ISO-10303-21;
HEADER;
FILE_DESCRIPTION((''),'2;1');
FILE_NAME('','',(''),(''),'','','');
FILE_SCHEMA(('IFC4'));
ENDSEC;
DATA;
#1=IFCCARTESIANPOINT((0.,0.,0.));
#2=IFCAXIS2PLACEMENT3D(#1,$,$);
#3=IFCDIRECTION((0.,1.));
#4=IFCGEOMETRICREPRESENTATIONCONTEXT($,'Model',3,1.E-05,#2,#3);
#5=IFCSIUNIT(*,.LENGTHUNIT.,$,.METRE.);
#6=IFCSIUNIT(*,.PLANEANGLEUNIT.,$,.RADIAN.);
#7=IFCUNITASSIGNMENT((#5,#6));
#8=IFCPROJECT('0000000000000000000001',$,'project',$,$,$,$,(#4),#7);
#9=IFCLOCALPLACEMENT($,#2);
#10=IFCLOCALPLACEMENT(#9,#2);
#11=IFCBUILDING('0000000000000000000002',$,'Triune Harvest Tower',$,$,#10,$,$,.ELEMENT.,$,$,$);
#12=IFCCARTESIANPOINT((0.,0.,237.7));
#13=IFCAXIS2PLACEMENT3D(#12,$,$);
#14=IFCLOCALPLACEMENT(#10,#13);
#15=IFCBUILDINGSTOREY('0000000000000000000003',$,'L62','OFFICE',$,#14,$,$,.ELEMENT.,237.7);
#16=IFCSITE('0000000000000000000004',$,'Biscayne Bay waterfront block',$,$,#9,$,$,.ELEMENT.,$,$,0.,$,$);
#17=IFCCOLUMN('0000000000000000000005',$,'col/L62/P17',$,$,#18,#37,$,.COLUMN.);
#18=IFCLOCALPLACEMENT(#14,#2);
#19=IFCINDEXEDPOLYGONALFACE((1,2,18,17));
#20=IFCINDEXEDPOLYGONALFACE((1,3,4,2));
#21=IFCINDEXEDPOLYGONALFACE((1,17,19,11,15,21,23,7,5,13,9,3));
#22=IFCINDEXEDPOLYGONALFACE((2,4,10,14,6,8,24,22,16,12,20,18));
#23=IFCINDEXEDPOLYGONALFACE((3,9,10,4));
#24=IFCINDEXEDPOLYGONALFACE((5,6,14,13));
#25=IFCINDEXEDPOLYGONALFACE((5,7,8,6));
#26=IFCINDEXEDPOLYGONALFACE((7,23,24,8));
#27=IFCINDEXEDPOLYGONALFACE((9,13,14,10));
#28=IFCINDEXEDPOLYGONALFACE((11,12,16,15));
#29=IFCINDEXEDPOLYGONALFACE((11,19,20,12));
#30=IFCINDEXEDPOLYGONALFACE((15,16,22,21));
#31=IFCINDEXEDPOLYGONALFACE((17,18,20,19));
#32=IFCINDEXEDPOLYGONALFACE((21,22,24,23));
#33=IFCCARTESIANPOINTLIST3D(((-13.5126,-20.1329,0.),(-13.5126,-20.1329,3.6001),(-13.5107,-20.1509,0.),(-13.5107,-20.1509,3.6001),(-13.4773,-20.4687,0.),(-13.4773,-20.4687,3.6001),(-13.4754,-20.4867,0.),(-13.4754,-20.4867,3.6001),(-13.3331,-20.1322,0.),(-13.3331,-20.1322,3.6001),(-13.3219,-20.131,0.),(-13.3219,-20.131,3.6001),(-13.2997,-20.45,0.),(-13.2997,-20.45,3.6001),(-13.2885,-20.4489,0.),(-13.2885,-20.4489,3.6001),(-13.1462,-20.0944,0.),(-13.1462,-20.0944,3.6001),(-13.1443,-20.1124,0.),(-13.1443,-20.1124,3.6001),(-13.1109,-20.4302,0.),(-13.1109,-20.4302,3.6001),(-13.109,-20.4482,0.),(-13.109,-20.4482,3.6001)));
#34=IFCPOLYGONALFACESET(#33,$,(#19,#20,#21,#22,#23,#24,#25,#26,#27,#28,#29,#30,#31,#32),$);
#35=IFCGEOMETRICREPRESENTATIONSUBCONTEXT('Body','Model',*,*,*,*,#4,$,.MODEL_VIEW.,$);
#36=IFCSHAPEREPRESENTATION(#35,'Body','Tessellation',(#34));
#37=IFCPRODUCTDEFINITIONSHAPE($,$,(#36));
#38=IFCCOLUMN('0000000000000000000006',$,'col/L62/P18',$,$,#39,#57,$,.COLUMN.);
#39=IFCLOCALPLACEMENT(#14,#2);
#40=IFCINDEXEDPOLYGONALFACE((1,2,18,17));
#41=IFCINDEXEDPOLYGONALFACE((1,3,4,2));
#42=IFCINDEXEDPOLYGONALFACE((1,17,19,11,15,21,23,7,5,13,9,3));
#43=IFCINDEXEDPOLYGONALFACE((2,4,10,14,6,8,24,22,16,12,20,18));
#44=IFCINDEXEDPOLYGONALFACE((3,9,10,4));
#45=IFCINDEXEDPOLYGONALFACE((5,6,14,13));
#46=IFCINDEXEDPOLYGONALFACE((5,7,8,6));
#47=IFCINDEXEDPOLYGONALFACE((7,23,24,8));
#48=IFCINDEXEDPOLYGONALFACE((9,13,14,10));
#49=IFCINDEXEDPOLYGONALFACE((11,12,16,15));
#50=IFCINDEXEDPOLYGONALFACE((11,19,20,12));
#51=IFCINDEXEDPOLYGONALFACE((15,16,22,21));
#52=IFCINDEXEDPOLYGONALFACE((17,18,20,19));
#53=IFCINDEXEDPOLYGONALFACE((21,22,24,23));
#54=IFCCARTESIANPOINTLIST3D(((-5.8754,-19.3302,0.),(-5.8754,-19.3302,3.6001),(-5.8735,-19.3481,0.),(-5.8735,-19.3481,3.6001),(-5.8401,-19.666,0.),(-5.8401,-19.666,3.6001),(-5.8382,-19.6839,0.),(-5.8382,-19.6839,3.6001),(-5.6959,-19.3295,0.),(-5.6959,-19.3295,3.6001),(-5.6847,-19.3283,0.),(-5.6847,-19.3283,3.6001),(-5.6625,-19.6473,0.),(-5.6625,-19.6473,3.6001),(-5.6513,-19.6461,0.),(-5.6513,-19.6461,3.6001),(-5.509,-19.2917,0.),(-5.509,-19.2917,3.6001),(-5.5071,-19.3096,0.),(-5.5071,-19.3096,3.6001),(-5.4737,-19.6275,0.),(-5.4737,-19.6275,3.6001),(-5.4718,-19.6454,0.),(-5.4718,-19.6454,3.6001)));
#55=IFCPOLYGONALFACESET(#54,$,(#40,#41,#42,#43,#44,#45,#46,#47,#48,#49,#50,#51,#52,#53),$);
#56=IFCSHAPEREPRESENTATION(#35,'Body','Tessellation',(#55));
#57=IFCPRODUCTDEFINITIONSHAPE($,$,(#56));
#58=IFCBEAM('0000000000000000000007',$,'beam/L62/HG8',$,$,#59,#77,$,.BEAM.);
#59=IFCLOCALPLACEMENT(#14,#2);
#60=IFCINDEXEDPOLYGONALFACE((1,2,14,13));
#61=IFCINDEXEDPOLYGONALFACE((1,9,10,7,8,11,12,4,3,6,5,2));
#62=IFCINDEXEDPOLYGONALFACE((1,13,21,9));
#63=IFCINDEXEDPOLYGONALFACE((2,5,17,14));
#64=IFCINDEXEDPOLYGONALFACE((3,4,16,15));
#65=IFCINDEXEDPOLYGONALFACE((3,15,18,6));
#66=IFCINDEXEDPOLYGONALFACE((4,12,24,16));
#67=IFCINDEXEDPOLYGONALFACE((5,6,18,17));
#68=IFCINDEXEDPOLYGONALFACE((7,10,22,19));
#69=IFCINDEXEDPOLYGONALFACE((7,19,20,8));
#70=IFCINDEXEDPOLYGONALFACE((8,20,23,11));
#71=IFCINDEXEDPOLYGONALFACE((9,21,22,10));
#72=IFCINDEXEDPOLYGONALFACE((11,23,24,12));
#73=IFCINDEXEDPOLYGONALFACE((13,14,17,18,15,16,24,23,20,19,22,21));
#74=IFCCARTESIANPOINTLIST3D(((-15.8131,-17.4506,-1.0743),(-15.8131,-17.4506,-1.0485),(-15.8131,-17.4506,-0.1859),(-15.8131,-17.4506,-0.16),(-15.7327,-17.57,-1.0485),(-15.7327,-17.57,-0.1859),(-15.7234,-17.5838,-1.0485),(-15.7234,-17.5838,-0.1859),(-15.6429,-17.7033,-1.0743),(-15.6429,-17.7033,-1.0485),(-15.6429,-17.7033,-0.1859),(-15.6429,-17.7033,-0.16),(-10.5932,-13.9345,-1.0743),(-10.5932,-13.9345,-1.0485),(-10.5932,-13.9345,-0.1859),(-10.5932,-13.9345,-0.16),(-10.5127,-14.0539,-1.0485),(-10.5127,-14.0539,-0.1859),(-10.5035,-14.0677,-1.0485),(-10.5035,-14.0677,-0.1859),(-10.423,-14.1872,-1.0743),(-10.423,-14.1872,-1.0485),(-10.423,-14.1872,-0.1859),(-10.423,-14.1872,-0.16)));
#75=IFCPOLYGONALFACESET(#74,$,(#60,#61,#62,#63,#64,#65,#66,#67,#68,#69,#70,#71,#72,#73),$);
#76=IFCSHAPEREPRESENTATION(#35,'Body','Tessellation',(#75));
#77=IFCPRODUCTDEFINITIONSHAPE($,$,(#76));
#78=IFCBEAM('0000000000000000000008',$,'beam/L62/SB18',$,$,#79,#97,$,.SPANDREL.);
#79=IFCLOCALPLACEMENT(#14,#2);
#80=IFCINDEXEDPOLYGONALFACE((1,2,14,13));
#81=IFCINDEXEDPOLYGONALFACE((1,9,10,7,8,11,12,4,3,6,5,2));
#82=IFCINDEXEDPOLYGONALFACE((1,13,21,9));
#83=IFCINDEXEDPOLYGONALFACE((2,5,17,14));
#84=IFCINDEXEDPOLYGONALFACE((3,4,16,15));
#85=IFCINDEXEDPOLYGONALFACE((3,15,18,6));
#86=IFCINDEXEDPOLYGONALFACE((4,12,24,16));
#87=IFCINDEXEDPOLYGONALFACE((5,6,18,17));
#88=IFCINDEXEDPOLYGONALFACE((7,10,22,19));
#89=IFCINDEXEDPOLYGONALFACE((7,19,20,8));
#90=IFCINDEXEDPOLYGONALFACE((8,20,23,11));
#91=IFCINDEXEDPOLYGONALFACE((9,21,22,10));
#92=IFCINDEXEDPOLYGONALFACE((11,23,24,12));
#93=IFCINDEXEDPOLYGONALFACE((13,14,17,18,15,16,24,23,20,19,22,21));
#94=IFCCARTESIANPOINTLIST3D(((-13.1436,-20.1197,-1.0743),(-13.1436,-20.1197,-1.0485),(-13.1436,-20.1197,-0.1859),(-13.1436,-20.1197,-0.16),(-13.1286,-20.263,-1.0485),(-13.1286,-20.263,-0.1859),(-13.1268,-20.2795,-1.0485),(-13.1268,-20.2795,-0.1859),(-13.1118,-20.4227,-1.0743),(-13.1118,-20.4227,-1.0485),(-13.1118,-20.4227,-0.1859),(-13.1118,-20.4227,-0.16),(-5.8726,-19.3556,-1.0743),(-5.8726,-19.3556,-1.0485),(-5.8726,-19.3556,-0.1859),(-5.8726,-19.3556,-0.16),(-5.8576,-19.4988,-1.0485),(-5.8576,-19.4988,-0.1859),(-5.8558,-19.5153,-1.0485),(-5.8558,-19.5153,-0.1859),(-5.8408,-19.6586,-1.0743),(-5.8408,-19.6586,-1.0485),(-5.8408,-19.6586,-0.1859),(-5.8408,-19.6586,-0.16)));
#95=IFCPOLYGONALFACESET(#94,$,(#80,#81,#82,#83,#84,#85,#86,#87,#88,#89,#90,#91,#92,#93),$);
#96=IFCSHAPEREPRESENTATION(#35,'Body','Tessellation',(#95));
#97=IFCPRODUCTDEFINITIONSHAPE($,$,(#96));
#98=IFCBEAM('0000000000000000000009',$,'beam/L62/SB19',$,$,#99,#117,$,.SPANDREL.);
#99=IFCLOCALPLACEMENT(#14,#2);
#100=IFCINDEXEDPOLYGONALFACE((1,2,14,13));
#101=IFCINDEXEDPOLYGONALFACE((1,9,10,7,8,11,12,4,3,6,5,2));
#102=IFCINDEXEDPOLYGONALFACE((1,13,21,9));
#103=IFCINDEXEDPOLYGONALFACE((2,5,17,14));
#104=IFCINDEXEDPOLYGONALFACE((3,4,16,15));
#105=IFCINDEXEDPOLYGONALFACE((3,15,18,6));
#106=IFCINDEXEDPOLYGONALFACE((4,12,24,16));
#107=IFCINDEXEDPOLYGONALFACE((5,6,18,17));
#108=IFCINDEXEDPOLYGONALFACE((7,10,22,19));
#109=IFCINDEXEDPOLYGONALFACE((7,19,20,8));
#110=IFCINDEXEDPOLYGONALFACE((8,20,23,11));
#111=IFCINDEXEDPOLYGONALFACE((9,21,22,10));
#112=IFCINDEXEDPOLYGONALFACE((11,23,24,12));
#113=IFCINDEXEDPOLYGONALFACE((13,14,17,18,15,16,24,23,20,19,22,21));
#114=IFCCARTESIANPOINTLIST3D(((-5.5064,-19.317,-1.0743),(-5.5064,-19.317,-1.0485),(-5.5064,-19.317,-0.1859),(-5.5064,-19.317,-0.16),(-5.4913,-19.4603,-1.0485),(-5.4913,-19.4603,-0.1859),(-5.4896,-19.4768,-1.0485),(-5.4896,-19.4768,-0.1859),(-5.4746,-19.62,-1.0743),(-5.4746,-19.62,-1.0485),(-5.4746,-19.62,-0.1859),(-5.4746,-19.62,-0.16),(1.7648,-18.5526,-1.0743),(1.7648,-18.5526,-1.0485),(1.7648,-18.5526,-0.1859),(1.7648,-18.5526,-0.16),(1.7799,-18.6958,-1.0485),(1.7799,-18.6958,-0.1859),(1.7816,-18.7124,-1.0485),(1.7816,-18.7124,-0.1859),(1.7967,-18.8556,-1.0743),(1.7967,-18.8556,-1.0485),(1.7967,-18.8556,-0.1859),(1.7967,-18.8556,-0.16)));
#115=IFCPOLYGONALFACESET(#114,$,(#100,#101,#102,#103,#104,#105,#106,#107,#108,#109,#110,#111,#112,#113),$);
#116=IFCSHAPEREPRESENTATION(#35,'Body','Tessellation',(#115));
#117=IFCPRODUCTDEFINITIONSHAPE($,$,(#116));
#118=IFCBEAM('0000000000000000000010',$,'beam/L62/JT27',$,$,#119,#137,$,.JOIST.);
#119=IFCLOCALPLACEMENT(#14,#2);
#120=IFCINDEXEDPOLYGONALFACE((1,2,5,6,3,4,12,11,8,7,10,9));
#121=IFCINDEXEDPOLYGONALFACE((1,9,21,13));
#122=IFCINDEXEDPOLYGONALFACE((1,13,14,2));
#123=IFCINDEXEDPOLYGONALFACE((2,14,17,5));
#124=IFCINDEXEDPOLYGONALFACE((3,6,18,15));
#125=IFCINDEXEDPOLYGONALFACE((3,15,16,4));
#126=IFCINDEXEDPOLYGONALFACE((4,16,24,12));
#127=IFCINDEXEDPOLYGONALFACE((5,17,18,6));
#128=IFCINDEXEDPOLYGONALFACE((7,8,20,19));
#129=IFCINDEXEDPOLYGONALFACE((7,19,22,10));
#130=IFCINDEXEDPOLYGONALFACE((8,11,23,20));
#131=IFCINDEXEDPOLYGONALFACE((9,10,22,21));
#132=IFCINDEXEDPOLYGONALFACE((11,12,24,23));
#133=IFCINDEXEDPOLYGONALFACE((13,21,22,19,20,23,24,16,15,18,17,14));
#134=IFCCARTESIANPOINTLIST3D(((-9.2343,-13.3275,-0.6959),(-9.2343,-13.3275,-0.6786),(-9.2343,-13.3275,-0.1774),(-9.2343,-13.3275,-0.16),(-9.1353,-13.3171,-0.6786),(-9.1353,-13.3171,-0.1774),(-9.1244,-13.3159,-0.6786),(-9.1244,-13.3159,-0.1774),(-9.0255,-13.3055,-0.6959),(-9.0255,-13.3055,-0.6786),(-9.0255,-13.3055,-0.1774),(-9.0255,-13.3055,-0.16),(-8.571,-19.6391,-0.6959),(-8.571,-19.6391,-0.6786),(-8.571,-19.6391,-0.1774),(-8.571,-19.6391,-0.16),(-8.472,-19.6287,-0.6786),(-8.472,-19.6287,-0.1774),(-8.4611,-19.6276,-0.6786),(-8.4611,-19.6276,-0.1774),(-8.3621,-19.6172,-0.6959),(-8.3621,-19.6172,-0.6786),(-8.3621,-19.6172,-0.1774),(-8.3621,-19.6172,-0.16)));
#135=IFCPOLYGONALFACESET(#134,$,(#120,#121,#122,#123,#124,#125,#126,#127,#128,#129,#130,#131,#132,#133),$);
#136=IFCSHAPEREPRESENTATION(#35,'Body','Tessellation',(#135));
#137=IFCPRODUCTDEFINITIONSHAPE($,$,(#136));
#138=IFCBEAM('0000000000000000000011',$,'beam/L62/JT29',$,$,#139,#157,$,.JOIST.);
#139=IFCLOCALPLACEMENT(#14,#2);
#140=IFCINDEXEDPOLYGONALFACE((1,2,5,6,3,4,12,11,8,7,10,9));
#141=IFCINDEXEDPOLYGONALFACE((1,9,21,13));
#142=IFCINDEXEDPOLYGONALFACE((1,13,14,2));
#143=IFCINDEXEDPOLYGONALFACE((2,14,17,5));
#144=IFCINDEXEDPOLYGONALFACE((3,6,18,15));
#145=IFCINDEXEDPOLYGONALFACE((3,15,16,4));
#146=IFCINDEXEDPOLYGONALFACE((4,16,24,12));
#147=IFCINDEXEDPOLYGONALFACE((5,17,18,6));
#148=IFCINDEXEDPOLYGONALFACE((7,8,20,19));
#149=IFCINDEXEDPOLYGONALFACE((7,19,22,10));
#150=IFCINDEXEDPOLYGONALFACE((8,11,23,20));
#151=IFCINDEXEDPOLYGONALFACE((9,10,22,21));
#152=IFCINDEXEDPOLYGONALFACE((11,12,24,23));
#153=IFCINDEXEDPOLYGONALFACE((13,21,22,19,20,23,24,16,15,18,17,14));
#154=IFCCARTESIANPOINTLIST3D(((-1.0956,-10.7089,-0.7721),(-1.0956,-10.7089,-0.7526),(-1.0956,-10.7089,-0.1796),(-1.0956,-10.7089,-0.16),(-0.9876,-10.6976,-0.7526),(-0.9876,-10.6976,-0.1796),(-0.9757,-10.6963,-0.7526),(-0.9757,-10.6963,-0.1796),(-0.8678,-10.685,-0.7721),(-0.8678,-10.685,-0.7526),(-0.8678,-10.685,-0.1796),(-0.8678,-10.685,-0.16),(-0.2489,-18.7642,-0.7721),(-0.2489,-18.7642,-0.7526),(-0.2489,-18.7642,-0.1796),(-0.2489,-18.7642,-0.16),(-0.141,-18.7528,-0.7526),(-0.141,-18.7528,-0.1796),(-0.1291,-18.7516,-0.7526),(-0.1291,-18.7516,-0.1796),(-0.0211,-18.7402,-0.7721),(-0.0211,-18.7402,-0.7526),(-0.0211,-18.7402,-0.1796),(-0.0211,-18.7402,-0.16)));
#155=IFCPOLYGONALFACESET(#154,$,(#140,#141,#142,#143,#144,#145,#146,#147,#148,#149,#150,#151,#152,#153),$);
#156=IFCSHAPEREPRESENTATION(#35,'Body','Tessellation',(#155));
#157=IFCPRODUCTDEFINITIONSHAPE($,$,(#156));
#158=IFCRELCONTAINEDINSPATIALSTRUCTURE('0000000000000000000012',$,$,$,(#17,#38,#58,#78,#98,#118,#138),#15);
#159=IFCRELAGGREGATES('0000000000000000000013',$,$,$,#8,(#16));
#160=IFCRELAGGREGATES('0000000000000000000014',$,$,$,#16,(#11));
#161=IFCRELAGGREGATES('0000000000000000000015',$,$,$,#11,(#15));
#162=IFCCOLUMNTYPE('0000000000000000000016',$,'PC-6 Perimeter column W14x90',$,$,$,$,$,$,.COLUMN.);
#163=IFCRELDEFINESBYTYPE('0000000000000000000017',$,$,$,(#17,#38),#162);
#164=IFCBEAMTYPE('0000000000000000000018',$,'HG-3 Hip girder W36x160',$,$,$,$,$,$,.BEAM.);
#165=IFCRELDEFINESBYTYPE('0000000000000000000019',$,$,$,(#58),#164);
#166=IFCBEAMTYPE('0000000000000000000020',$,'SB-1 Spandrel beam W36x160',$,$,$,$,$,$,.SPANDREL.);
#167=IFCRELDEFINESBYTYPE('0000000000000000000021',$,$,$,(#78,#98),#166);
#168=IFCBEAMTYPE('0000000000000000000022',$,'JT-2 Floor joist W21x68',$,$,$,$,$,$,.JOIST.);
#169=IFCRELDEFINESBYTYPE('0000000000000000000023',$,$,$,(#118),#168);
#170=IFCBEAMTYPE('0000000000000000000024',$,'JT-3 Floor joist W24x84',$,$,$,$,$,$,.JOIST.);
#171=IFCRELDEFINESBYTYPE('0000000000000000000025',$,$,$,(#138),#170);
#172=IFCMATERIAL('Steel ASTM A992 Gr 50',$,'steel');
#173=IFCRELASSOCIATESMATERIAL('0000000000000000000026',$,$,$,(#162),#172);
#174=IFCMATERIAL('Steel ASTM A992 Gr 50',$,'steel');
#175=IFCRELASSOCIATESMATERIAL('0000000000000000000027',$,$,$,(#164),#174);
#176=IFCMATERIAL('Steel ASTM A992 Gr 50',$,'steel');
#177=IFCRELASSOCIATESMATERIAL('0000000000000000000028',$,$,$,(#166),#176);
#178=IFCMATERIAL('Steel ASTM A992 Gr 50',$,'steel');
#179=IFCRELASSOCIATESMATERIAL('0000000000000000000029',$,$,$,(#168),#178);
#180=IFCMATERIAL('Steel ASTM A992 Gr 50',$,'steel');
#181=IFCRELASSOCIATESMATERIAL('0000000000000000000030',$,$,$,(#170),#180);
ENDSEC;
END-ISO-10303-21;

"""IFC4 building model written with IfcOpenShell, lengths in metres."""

from ifc_helpers import new_model, si_unit, direction, frame, origin, origin_2d, place, context, subcontext, project, spatial, i_section, extrude, source, transform, mapped, material, material_profile, profile_set, type_object, element, save


model = new_model("IFC4")

# Units and contexts
model_context = context("Model", 3, precision=1e-05, world=origin(), true_north=direction((0.0, 1.0)))
body_context = subcontext(model_context, "Body", "Model", "MODEL_VIEW")
ifc_project = project(units=[si_unit("LENGTHUNIT", "METRE"), si_unit("PLANEANGLEUNIT", "RADIAN")], contexts=[model_context])

# Site, building, storey
site_placement = place(None, origin())
site = spatial("IfcSite", under=ifc_project, at=site_placement, Name="Biscayne Bay waterfront block", CompositionType="ELEMENT", RefElevation=0.0)
building_placement = place(site_placement, origin())
building = spatial("IfcBuilding", under=site, at=building_placement, Name="Triune Harvest Tower", CompositionType="ELEMENT")
storey_placement = place(building_placement, frame((0.0, 0.0, 237.7)))
storey = spatial("IfcBuildingStorey", under=building, at=storey_placement, Name="L62", Description="OFFICE", CompositionType="ELEMENT", Elevation=237.7)

# Columns
ifc_material_1 = material(Name="Steel ASTM A992 Gr 50", Category="steel")
ifc_material_profile_1 = material_profile(ifc_material_1, i_section(OverallWidth=0.3684, OverallDepth=0.3557, WebThickness=0.0112, FlangeThickness=0.0181, at=origin_2d()), Name="W14x90")
ifc_profile_set_1 = profile_set([ifc_material_profile_1], Name="Steel ASTM A992 Gr 50")
column_type = type_object("IfcColumnType", Name="PC-6 Perimeter column W14x90", PredefinedType="COLUMN", material=ifc_profile_set_1)
shared_shape_1 = source(origin(), body_context, "Body", "SweptSolid", [
    extrude(i_section(OverallWidth=0.3684, OverallDepth=0.3557, WebThickness=0.0112, FlangeThickness=0.0181, at=origin_2d()), origin(), (0.0, 0.0, 1.0), 3.6001),
])
for number, where, z_axis, x_axis, name in (
    (1, (-13.3108, -20.2905, 0.0), (0.0, 0.0, 1.0), (0.994522, 0.10453, 0.0), "col/L62/P17"),
    (2, (-5.6736, -19.4878, 0.0), (0.0, 0.0, 1.0), (0.994522, 0.10453, 0.0), "col/L62/P18"),
):
    element("IfcColumn", number, at=place(storey_placement, frame(where, z_axis=z_axis, x_axis=x_axis)), inside=storey, type_object=column_type, Name=name, PredefinedType="COLUMN", context=body_context, shape_type="MappedRepresentation", body=[
        mapped(shared_shape_1, transform((0.0, 0.0, 0.0), scale=1.0)),
    ])

# Beams
ifc_material_2 = material(Name="Steel ASTM A992 Gr 50", Category="steel")
ifc_material_profile_2 = material_profile(ifc_material_2, i_section(OverallWidth=0.3047, OverallDepth=0.9143, WebThickness=0.0166, FlangeThickness=0.0259, at=origin_2d()), Name="W36x160")
ifc_profile_set_2 = profile_set([ifc_material_profile_2], Name="Steel ASTM A992 Gr 50")
beam_type_1 = type_object("IfcBeamType", Name="HG-3 Hip girder W36x160", PredefinedType="BEAM", material=ifc_profile_set_2)
shared_shape_2 = source(origin(), body_context, "Body", "SweptSolid", [
    extrude(i_section(OverallWidth=0.3047, OverallDepth=0.9143, WebThickness=0.0166, FlangeThickness=0.0259, at=origin_2d()), origin(), (0.0, 0.0, 1.0), 6.2937),
])
beam_1_placement = place(storey_placement, frame((-15.728, -17.5769, -0.6172), z_axis=(0.829391, 0.558668, 0.0), x_axis=(-0.558668, 0.829391, 0.0)))
element("IfcBeam", 3, at=beam_1_placement, inside=storey, type_object=beam_type_1, Name="beam/L62/HG8", PredefinedType="BEAM", context=body_context, shape_type="MappedRepresentation", body=[
    mapped(shared_shape_2, transform((0.0, 0.0, 0.0), scale=1.0)),
])
ifc_material_3 = material(Name="Steel ASTM A992 Gr 50", Category="steel")
ifc_material_profile_3 = material_profile(ifc_material_3, i_section(OverallWidth=0.3047, OverallDepth=0.9143, WebThickness=0.0166, FlangeThickness=0.0259, at=origin_2d()), Name="W36x160")
ifc_profile_set_3 = profile_set([ifc_material_profile_3], Name="Steel ASTM A992 Gr 50")
beam_type_2 = type_object("IfcBeamType", Name="SB-1 Spandrel beam W36x160", PredefinedType="SPANDREL", material=ifc_profile_set_3)
shared_shape_3 = source(origin(), body_context, "Body", "SweptSolid", [
    extrude(i_section(OverallWidth=0.3047, OverallDepth=0.9143, WebThickness=0.0166, FlangeThickness=0.0259, at=origin_2d()), origin(), (0.0, 0.0, 1.0), 7.311),
])
beam_2_placement = place(storey_placement, frame((-13.1277, -20.2712, -0.6172), z_axis=(0.994523, 0.104521, 0.0), x_axis=(-0.104521, 0.994523, 0.0)))
element("IfcBeam", 4, at=beam_2_placement, inside=storey, type_object=beam_type_2, Name="beam/L62/SB18", PredefinedType="SPANDREL", context=body_context, shape_type="MappedRepresentation", body=[
    mapped(shared_shape_3, transform((0.0, 0.0, 0.0), scale=1.0)),
])
shared_shape_4 = source(origin(), body_context, "Body", "SweptSolid", [
    extrude(i_section(OverallWidth=0.3047, OverallDepth=0.9143, WebThickness=0.0166, FlangeThickness=0.0259, at=origin_2d()), origin(), (0.0, 0.0, 1.0), 7.3113),
])
beam_3_placement = place(storey_placement, frame((-5.4905, -19.4685, -0.6172), z_axis=(0.99452, 0.104551, 0.0), x_axis=(-0.104551, 0.99452, 0.0)))
element("IfcBeam", 5, at=beam_3_placement, inside=storey, type_object=beam_type_2, Name="beam/L62/SB19", PredefinedType="SPANDREL", context=body_context, shape_type="MappedRepresentation", body=[
    mapped(shared_shape_4, transform((0.0, 0.0, 0.0), scale=1.0)),
])
ifc_material_4 = material(Name="Steel ASTM A992 Gr 50", Category="steel")
ifc_material_profile_4 = material_profile(ifc_material_4, i_section(OverallWidth=0.21, OverallDepth=0.5359, WebThickness=0.011, FlangeThickness=0.0173, at=origin_2d()), Name="W21x68")
ifc_profile_set_4 = profile_set([ifc_material_profile_4], Name="Steel ASTM A992 Gr 50")
beam_type_3 = type_object("IfcBeamType", Name="JT-2 Floor joist W21x68", PredefinedType="JOIST", material=ifc_profile_set_4)
shared_shape_5 = source(origin(), body_context, "Body", "SweptSolid", [
    extrude(i_section(OverallWidth=0.21, OverallDepth=0.5359, WebThickness=0.011, FlangeThickness=0.0173, at=origin_2d()), origin(), (0.0, 0.0, 1.0), 6.3464),
])
beam_4_placement = place(storey_placement, frame((-8.4666, -19.6282, -0.428), z_axis=(-0.104519, 0.994523, 0.0), x_axis=(-0.994523, -0.104519, 0.0)))
element("IfcBeam", 6, at=beam_4_placement, inside=storey, type_object=beam_type_3, Name="beam/L62/JT27", PredefinedType="JOIST", context=body_context, shape_type="MappedRepresentation", body=[
    mapped(shared_shape_5, transform((0.0, 0.0, 0.0), scale=1.0)),
])
ifc_material_5 = material(Name="Steel ASTM A992 Gr 50", Category="steel")
ifc_material_profile_5 = material_profile(ifc_material_5, i_section(OverallWidth=0.229, OverallDepth=0.6121, WebThickness=0.012, FlangeThickness=0.0195, at=origin_2d()), Name="W24x84")
ifc_profile_set_5 = profile_set([ifc_material_profile_5], Name="Steel ASTM A992 Gr 50")
beam_type_4 = type_object("IfcBeamType", Name="JT-3 Floor joist W24x84", PredefinedType="JOIST", material=ifc_profile_set_5)
shared_shape_6 = source(origin(), body_context, "Body", "SweptSolid", [
    extrude(i_section(OverallWidth=0.229, OverallDepth=0.6121, WebThickness=0.012, FlangeThickness=0.0195, at=origin_2d()), origin(), (0.0, 0.0, 1.0), 8.0996),
])
beam_5_placement = place(storey_placement, frame((-0.135, -18.7522, -0.4661), z_axis=(-0.104534, 0.994521, 0.0), x_axis=(-0.994521, -0.104534, 0.0)))
element("IfcBeam", 7, at=beam_5_placement, inside=storey, type_object=beam_type_4, Name="beam/L62/JT29", PredefinedType="JOIST", context=body_context, shape_type="MappedRepresentation", body=[
    mapped(shared_shape_6, transform((0.0, 0.0, 0.0), scale=1.0)),
])

save(model, "model.ifc")
